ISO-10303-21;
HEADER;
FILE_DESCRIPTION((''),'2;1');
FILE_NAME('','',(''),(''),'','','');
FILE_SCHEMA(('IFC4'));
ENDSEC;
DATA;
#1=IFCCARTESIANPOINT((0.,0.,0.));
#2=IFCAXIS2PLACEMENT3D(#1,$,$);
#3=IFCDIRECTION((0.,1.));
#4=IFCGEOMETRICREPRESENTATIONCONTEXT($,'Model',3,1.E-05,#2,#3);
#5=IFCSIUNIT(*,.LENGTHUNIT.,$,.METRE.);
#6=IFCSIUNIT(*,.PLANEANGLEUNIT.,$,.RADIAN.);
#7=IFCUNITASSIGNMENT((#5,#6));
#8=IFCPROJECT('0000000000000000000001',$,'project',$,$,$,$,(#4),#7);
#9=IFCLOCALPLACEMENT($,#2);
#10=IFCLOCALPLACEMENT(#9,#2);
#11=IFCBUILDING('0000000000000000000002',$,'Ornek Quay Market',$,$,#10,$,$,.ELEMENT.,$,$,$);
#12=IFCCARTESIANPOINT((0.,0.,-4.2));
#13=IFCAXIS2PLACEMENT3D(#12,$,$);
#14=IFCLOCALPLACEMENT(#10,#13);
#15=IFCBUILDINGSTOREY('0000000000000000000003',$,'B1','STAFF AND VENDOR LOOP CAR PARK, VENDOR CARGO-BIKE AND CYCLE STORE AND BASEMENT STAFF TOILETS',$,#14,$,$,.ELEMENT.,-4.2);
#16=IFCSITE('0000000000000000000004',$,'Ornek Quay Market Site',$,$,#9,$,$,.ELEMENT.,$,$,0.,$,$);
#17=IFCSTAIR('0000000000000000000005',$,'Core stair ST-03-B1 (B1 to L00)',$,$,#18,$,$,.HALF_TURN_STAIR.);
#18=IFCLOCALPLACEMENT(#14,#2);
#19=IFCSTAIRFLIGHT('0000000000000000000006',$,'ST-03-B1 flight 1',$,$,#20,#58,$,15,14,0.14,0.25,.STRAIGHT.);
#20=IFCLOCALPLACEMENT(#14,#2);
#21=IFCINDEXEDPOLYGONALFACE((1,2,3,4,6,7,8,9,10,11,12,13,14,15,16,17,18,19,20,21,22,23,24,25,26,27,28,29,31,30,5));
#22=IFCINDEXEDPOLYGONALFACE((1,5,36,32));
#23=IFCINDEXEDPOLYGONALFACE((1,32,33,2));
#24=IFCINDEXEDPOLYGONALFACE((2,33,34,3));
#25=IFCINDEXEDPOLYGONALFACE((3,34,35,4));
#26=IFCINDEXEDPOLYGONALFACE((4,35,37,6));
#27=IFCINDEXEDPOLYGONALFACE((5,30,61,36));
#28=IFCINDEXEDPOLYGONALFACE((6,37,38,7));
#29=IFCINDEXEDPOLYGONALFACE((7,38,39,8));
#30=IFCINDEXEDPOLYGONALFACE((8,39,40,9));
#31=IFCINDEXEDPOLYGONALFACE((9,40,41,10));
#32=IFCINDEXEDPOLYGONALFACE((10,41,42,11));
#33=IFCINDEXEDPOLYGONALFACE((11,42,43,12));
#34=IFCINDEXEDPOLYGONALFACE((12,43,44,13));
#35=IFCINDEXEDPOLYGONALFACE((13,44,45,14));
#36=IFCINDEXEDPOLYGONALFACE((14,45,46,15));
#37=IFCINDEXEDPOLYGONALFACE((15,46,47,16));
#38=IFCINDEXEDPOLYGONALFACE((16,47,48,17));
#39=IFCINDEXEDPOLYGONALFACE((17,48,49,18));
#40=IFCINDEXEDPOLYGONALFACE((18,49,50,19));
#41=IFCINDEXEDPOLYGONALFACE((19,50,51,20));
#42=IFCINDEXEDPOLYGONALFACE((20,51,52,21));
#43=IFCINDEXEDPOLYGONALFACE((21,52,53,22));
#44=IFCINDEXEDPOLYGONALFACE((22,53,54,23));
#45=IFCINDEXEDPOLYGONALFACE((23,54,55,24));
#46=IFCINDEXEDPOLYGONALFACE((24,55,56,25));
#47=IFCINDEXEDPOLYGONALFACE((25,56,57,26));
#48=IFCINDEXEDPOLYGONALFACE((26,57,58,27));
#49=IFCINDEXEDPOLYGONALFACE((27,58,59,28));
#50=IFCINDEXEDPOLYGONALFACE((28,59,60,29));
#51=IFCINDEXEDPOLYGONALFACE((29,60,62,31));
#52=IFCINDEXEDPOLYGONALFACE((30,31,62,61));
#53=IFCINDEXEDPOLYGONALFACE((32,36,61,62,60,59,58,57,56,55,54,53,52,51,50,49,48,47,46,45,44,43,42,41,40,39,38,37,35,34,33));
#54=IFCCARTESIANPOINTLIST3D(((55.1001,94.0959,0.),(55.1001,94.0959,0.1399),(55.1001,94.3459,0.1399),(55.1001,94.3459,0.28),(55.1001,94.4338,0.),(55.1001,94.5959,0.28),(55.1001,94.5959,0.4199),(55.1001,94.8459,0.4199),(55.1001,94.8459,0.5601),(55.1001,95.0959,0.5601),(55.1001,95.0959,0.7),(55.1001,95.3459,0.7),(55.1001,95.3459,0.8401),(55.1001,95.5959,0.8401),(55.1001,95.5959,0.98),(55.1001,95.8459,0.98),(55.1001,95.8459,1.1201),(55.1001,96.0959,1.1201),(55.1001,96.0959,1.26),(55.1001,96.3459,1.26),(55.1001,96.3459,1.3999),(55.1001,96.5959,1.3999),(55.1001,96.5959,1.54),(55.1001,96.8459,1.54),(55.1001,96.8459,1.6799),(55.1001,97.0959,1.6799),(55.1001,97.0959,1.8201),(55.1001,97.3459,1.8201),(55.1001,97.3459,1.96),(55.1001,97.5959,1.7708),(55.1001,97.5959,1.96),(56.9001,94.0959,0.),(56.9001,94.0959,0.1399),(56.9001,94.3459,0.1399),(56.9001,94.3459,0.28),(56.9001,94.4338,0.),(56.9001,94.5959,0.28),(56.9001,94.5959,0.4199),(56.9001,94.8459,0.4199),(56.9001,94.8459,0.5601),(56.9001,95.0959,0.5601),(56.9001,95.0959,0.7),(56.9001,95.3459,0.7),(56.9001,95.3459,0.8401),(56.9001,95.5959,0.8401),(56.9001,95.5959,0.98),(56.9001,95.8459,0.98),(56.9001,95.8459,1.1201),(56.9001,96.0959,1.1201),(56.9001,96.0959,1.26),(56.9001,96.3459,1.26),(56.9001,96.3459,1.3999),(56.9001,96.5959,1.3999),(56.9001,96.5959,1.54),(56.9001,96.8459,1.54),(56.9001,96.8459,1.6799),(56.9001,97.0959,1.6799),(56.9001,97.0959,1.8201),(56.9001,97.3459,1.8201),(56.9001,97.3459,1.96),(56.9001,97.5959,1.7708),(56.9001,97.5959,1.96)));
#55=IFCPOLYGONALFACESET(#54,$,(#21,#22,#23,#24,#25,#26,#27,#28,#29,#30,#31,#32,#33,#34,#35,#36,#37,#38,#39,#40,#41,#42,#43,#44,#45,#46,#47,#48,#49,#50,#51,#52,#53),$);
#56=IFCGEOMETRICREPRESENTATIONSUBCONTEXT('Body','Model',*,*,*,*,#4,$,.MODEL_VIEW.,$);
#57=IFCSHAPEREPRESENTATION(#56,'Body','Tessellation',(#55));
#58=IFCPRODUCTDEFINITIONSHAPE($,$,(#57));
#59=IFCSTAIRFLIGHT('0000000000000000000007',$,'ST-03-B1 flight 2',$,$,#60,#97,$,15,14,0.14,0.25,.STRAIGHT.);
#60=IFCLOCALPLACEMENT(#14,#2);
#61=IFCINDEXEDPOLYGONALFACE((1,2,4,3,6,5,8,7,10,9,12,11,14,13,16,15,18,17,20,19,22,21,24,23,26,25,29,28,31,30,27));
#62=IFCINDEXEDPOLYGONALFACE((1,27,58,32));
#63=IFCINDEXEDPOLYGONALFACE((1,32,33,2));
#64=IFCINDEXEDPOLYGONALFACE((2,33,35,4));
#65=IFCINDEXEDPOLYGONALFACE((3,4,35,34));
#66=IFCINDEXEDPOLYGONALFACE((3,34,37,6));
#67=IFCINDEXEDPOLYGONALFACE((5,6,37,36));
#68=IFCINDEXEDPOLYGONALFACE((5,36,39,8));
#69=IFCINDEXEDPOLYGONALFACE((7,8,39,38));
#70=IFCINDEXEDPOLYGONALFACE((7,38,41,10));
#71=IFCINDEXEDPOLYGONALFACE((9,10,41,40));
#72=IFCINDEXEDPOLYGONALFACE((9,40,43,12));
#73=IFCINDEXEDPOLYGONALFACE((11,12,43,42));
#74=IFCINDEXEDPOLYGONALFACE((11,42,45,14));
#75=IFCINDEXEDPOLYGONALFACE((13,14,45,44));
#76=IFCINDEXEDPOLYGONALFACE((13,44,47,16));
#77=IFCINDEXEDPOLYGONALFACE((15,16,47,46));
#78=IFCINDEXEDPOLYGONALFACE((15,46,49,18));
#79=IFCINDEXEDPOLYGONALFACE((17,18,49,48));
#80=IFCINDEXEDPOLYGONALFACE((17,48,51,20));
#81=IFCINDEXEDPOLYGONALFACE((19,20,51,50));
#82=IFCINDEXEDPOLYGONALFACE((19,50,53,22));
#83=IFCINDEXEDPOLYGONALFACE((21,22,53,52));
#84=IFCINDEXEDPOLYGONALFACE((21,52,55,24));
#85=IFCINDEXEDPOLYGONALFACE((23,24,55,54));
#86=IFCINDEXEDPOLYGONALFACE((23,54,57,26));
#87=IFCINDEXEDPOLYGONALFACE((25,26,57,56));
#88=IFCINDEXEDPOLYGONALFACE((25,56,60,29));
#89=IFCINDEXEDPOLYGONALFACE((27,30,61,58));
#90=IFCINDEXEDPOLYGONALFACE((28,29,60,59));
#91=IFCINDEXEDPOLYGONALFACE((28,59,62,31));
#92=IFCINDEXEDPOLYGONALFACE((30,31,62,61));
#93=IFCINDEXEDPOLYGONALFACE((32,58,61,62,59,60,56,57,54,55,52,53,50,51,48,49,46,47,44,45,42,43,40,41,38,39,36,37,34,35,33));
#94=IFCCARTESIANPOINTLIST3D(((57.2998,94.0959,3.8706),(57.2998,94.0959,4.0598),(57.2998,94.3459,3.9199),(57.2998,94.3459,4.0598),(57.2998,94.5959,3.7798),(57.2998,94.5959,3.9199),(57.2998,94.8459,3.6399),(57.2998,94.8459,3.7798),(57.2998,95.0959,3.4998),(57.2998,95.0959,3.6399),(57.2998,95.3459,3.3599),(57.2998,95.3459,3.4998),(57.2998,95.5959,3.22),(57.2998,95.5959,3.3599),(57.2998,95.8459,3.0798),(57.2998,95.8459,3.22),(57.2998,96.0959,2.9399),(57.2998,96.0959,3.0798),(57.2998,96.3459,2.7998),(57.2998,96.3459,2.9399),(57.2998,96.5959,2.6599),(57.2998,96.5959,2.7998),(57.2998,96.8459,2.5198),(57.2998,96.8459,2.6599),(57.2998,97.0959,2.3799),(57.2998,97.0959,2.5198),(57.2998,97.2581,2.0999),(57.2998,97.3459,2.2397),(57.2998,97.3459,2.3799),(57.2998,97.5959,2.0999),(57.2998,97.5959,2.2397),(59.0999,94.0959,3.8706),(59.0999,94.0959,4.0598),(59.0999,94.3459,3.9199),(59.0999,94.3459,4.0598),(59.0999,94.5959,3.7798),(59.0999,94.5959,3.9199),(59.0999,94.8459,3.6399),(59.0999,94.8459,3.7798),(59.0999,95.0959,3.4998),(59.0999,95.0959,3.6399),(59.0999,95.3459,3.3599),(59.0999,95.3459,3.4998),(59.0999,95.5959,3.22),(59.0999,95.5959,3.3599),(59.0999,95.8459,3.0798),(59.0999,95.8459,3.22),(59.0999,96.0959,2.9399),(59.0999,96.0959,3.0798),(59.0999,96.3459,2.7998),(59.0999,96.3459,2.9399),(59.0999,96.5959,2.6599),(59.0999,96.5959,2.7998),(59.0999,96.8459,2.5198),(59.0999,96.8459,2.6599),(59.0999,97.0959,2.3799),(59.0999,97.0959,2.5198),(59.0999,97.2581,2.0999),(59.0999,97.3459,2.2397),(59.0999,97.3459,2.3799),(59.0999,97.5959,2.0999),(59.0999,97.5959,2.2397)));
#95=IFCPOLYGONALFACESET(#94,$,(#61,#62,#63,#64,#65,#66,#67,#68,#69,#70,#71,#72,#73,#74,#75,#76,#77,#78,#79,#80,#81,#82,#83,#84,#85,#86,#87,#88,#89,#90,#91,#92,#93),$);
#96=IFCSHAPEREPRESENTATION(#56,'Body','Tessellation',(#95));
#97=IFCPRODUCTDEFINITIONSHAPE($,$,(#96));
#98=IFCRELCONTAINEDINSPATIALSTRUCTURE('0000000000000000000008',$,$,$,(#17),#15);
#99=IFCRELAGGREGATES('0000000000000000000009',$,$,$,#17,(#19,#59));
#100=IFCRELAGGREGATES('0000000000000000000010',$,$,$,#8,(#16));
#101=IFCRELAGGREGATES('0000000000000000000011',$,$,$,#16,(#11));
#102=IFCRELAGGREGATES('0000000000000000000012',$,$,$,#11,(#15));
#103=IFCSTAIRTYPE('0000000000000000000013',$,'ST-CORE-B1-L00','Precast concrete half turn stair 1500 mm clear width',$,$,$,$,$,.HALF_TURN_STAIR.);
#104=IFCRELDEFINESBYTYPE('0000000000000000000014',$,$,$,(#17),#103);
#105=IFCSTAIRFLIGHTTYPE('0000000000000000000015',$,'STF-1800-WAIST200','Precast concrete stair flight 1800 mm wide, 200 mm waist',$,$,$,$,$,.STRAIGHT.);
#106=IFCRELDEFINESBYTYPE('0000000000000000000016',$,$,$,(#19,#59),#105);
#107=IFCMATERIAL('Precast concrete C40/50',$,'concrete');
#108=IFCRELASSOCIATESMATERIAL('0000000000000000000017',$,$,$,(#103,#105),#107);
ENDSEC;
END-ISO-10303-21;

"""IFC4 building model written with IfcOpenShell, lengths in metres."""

from ifc_helpers import new_model, si_unit, direction, frame, origin, place, context, subcontext, project, spatial, polyline, outline, extrude, material, type_object, element, aggregate, save


model = new_model("IFC4")

# Units and contexts
model_context = context("Model", 3, precision=1e-05, world=origin(), true_north=direction((0.0, 1.0)))
body_context = subcontext(model_context, "Body", "Model", "MODEL_VIEW")
ifc_project = project(units=[si_unit("LENGTHUNIT", "METRE"), si_unit("PLANEANGLEUNIT", "RADIAN")], contexts=[model_context])

# Site, building, storey
site_placement = place(None, origin())
site = spatial("IfcSite", under=ifc_project, at=site_placement, Name="Ornek Quay Market Site", CompositionType="ELEMENT", RefElevation=0.0)
building_placement = place(site_placement, origin())
building = spatial("IfcBuilding", under=site, at=building_placement, Name="Ornek Quay Market", CompositionType="ELEMENT")
storey_placement = place(building_placement, frame((0.0, 0.0, -4.2)))
storey = spatial("IfcBuildingStorey", under=building, at=storey_placement, Name="B1", Description="STAFF AND VENDOR LOOP CAR PARK, VENDOR CARGO-BIKE AND CYCLE STORE AND BASEMENT STAFF TOILETS", CompositionType="ELEMENT", Elevation=-4.2)

# Stair, stair flights
ifc_material_1 = material(Name="Precast concrete C40/50", Category="concrete")
stair_type = type_object("IfcStairType", Name="ST-CORE-B1-L00", Description="Precast concrete half turn stair 1500 mm clear width", PredefinedType="HALF_TURN_STAIR", material=ifc_material_1)
stair_placement = place(storey_placement, origin())
stair = element("IfcStair", 1, at=stair_placement, inside=storey, type_object=stair_type, Name="Core stair ST-03-B1 (B1 to L00)", PredefinedType="HALF_TURN_STAIR")
stair_flight_type = type_object("IfcStairFlightType", Name="STF-1800-WAIST200", Description="Precast concrete stair flight 1800 mm wide, 200 mm waist", PredefinedType="STRAIGHT", material=ifc_material_1)
stair_flight_1_placement = place(storey_placement, frame((56.0, 94.0959, 0.0), z_axis=(0.0, 0.0, 1.0), x_axis=(0.0, 1.0, 0.0)))
stair_flight_1 = element("IfcStairFlight", 2, at=stair_flight_1_placement, type_object=stair_flight_type, Name="ST-03-B1 flight 1", NumberOfRisers=15, NumberOfTreads=14, PredefinedType="STRAIGHT", RiserHeight=0.14, TreadLength=0.25, context=body_context, shape_type="SweptSolid", body=[
    extrude(outline(polyline([(0.0, 0.0), (0.0, 0.1399), (0.25, 0.1399), (0.25, 0.28), (0.5, 0.28), (0.5, 0.4199), (0.75, 0.4199), (0.75, 0.5601), (1.0, 0.5601), (1.0, 0.7), (1.25, 0.7), (1.25, 0.8401), (1.5, 0.8401), (1.5, 0.98), (1.75, 0.98), (1.75, 1.1201), (2.0, 1.1201), (2.0, 1.26), (2.25, 1.26), (2.25, 1.3999), (2.5, 1.3999), (2.5, 1.54), (2.75, 1.54), (2.75, 1.6799), (3.0, 1.6799), (3.0, 1.8201), (3.25, 1.8201), (3.25, 1.96), (3.5, 1.96), (3.5, 2.1001), (3.5, 1.7708), (0.3379, 0.0), (0.0, 0.0)])), frame((0.0, 0.8999, 0.0), z_axis=(0.0, -1.0, 0.0), x_axis=(1.0, 0.0, 0.0)), (0.0, 0.0, 1.0), 1.8),
])
stair_flight_2_placement = place(storey_placement, frame((58.2, 97.5959, 2.0999), z_axis=(0.0, 0.0, 1.0), x_axis=(0.0, -1.0, 0.0)))
stair_flight_2 = element("IfcStairFlight", 3, at=stair_flight_2_placement, type_object=stair_flight_type, Name="ST-03-B1 flight 2", NumberOfRisers=15, NumberOfTreads=14, PredefinedType="STRAIGHT", RiserHeight=0.14, TreadLength=0.25, context=body_context, shape_type="SweptSolid", body=[
    extrude(outline(polyline([(0.0, 0.0), (0.0, 0.1399), (0.25, 0.1399), (0.25, 0.28), (0.5, 0.28), (0.5, 0.4199), (0.75, 0.4199), (0.75, 0.5601), (1.0, 0.5601), (1.0, 0.7), (1.25, 0.7), (1.25, 0.8401), (1.5, 0.8401), (1.5, 0.98), (1.75, 0.98), (1.75, 1.1201), (2.0, 1.1201), (2.0, 1.26), (2.25, 1.26), (2.25, 1.3999), (2.5, 1.3999), (2.5, 1.54), (2.75, 1.54), (2.75, 1.6799), (3.0, 1.6799), (3.0, 1.8201), (3.25, 1.8201), (3.25, 1.96), (3.5, 1.96), (3.5, 2.1001), (3.5, 1.7708), (0.3379, 0.0), (0.0, 0.0)])), frame((0.0, 0.8999, 0.0), z_axis=(0.0, -1.0, 0.0), x_axis=(1.0, 0.0, 0.0)), (0.0, 0.0, 1.0), 1.8),
])
aggregate(stair, [stair_flight_1, stair_flight_2])

save(model, "model.ifc")
